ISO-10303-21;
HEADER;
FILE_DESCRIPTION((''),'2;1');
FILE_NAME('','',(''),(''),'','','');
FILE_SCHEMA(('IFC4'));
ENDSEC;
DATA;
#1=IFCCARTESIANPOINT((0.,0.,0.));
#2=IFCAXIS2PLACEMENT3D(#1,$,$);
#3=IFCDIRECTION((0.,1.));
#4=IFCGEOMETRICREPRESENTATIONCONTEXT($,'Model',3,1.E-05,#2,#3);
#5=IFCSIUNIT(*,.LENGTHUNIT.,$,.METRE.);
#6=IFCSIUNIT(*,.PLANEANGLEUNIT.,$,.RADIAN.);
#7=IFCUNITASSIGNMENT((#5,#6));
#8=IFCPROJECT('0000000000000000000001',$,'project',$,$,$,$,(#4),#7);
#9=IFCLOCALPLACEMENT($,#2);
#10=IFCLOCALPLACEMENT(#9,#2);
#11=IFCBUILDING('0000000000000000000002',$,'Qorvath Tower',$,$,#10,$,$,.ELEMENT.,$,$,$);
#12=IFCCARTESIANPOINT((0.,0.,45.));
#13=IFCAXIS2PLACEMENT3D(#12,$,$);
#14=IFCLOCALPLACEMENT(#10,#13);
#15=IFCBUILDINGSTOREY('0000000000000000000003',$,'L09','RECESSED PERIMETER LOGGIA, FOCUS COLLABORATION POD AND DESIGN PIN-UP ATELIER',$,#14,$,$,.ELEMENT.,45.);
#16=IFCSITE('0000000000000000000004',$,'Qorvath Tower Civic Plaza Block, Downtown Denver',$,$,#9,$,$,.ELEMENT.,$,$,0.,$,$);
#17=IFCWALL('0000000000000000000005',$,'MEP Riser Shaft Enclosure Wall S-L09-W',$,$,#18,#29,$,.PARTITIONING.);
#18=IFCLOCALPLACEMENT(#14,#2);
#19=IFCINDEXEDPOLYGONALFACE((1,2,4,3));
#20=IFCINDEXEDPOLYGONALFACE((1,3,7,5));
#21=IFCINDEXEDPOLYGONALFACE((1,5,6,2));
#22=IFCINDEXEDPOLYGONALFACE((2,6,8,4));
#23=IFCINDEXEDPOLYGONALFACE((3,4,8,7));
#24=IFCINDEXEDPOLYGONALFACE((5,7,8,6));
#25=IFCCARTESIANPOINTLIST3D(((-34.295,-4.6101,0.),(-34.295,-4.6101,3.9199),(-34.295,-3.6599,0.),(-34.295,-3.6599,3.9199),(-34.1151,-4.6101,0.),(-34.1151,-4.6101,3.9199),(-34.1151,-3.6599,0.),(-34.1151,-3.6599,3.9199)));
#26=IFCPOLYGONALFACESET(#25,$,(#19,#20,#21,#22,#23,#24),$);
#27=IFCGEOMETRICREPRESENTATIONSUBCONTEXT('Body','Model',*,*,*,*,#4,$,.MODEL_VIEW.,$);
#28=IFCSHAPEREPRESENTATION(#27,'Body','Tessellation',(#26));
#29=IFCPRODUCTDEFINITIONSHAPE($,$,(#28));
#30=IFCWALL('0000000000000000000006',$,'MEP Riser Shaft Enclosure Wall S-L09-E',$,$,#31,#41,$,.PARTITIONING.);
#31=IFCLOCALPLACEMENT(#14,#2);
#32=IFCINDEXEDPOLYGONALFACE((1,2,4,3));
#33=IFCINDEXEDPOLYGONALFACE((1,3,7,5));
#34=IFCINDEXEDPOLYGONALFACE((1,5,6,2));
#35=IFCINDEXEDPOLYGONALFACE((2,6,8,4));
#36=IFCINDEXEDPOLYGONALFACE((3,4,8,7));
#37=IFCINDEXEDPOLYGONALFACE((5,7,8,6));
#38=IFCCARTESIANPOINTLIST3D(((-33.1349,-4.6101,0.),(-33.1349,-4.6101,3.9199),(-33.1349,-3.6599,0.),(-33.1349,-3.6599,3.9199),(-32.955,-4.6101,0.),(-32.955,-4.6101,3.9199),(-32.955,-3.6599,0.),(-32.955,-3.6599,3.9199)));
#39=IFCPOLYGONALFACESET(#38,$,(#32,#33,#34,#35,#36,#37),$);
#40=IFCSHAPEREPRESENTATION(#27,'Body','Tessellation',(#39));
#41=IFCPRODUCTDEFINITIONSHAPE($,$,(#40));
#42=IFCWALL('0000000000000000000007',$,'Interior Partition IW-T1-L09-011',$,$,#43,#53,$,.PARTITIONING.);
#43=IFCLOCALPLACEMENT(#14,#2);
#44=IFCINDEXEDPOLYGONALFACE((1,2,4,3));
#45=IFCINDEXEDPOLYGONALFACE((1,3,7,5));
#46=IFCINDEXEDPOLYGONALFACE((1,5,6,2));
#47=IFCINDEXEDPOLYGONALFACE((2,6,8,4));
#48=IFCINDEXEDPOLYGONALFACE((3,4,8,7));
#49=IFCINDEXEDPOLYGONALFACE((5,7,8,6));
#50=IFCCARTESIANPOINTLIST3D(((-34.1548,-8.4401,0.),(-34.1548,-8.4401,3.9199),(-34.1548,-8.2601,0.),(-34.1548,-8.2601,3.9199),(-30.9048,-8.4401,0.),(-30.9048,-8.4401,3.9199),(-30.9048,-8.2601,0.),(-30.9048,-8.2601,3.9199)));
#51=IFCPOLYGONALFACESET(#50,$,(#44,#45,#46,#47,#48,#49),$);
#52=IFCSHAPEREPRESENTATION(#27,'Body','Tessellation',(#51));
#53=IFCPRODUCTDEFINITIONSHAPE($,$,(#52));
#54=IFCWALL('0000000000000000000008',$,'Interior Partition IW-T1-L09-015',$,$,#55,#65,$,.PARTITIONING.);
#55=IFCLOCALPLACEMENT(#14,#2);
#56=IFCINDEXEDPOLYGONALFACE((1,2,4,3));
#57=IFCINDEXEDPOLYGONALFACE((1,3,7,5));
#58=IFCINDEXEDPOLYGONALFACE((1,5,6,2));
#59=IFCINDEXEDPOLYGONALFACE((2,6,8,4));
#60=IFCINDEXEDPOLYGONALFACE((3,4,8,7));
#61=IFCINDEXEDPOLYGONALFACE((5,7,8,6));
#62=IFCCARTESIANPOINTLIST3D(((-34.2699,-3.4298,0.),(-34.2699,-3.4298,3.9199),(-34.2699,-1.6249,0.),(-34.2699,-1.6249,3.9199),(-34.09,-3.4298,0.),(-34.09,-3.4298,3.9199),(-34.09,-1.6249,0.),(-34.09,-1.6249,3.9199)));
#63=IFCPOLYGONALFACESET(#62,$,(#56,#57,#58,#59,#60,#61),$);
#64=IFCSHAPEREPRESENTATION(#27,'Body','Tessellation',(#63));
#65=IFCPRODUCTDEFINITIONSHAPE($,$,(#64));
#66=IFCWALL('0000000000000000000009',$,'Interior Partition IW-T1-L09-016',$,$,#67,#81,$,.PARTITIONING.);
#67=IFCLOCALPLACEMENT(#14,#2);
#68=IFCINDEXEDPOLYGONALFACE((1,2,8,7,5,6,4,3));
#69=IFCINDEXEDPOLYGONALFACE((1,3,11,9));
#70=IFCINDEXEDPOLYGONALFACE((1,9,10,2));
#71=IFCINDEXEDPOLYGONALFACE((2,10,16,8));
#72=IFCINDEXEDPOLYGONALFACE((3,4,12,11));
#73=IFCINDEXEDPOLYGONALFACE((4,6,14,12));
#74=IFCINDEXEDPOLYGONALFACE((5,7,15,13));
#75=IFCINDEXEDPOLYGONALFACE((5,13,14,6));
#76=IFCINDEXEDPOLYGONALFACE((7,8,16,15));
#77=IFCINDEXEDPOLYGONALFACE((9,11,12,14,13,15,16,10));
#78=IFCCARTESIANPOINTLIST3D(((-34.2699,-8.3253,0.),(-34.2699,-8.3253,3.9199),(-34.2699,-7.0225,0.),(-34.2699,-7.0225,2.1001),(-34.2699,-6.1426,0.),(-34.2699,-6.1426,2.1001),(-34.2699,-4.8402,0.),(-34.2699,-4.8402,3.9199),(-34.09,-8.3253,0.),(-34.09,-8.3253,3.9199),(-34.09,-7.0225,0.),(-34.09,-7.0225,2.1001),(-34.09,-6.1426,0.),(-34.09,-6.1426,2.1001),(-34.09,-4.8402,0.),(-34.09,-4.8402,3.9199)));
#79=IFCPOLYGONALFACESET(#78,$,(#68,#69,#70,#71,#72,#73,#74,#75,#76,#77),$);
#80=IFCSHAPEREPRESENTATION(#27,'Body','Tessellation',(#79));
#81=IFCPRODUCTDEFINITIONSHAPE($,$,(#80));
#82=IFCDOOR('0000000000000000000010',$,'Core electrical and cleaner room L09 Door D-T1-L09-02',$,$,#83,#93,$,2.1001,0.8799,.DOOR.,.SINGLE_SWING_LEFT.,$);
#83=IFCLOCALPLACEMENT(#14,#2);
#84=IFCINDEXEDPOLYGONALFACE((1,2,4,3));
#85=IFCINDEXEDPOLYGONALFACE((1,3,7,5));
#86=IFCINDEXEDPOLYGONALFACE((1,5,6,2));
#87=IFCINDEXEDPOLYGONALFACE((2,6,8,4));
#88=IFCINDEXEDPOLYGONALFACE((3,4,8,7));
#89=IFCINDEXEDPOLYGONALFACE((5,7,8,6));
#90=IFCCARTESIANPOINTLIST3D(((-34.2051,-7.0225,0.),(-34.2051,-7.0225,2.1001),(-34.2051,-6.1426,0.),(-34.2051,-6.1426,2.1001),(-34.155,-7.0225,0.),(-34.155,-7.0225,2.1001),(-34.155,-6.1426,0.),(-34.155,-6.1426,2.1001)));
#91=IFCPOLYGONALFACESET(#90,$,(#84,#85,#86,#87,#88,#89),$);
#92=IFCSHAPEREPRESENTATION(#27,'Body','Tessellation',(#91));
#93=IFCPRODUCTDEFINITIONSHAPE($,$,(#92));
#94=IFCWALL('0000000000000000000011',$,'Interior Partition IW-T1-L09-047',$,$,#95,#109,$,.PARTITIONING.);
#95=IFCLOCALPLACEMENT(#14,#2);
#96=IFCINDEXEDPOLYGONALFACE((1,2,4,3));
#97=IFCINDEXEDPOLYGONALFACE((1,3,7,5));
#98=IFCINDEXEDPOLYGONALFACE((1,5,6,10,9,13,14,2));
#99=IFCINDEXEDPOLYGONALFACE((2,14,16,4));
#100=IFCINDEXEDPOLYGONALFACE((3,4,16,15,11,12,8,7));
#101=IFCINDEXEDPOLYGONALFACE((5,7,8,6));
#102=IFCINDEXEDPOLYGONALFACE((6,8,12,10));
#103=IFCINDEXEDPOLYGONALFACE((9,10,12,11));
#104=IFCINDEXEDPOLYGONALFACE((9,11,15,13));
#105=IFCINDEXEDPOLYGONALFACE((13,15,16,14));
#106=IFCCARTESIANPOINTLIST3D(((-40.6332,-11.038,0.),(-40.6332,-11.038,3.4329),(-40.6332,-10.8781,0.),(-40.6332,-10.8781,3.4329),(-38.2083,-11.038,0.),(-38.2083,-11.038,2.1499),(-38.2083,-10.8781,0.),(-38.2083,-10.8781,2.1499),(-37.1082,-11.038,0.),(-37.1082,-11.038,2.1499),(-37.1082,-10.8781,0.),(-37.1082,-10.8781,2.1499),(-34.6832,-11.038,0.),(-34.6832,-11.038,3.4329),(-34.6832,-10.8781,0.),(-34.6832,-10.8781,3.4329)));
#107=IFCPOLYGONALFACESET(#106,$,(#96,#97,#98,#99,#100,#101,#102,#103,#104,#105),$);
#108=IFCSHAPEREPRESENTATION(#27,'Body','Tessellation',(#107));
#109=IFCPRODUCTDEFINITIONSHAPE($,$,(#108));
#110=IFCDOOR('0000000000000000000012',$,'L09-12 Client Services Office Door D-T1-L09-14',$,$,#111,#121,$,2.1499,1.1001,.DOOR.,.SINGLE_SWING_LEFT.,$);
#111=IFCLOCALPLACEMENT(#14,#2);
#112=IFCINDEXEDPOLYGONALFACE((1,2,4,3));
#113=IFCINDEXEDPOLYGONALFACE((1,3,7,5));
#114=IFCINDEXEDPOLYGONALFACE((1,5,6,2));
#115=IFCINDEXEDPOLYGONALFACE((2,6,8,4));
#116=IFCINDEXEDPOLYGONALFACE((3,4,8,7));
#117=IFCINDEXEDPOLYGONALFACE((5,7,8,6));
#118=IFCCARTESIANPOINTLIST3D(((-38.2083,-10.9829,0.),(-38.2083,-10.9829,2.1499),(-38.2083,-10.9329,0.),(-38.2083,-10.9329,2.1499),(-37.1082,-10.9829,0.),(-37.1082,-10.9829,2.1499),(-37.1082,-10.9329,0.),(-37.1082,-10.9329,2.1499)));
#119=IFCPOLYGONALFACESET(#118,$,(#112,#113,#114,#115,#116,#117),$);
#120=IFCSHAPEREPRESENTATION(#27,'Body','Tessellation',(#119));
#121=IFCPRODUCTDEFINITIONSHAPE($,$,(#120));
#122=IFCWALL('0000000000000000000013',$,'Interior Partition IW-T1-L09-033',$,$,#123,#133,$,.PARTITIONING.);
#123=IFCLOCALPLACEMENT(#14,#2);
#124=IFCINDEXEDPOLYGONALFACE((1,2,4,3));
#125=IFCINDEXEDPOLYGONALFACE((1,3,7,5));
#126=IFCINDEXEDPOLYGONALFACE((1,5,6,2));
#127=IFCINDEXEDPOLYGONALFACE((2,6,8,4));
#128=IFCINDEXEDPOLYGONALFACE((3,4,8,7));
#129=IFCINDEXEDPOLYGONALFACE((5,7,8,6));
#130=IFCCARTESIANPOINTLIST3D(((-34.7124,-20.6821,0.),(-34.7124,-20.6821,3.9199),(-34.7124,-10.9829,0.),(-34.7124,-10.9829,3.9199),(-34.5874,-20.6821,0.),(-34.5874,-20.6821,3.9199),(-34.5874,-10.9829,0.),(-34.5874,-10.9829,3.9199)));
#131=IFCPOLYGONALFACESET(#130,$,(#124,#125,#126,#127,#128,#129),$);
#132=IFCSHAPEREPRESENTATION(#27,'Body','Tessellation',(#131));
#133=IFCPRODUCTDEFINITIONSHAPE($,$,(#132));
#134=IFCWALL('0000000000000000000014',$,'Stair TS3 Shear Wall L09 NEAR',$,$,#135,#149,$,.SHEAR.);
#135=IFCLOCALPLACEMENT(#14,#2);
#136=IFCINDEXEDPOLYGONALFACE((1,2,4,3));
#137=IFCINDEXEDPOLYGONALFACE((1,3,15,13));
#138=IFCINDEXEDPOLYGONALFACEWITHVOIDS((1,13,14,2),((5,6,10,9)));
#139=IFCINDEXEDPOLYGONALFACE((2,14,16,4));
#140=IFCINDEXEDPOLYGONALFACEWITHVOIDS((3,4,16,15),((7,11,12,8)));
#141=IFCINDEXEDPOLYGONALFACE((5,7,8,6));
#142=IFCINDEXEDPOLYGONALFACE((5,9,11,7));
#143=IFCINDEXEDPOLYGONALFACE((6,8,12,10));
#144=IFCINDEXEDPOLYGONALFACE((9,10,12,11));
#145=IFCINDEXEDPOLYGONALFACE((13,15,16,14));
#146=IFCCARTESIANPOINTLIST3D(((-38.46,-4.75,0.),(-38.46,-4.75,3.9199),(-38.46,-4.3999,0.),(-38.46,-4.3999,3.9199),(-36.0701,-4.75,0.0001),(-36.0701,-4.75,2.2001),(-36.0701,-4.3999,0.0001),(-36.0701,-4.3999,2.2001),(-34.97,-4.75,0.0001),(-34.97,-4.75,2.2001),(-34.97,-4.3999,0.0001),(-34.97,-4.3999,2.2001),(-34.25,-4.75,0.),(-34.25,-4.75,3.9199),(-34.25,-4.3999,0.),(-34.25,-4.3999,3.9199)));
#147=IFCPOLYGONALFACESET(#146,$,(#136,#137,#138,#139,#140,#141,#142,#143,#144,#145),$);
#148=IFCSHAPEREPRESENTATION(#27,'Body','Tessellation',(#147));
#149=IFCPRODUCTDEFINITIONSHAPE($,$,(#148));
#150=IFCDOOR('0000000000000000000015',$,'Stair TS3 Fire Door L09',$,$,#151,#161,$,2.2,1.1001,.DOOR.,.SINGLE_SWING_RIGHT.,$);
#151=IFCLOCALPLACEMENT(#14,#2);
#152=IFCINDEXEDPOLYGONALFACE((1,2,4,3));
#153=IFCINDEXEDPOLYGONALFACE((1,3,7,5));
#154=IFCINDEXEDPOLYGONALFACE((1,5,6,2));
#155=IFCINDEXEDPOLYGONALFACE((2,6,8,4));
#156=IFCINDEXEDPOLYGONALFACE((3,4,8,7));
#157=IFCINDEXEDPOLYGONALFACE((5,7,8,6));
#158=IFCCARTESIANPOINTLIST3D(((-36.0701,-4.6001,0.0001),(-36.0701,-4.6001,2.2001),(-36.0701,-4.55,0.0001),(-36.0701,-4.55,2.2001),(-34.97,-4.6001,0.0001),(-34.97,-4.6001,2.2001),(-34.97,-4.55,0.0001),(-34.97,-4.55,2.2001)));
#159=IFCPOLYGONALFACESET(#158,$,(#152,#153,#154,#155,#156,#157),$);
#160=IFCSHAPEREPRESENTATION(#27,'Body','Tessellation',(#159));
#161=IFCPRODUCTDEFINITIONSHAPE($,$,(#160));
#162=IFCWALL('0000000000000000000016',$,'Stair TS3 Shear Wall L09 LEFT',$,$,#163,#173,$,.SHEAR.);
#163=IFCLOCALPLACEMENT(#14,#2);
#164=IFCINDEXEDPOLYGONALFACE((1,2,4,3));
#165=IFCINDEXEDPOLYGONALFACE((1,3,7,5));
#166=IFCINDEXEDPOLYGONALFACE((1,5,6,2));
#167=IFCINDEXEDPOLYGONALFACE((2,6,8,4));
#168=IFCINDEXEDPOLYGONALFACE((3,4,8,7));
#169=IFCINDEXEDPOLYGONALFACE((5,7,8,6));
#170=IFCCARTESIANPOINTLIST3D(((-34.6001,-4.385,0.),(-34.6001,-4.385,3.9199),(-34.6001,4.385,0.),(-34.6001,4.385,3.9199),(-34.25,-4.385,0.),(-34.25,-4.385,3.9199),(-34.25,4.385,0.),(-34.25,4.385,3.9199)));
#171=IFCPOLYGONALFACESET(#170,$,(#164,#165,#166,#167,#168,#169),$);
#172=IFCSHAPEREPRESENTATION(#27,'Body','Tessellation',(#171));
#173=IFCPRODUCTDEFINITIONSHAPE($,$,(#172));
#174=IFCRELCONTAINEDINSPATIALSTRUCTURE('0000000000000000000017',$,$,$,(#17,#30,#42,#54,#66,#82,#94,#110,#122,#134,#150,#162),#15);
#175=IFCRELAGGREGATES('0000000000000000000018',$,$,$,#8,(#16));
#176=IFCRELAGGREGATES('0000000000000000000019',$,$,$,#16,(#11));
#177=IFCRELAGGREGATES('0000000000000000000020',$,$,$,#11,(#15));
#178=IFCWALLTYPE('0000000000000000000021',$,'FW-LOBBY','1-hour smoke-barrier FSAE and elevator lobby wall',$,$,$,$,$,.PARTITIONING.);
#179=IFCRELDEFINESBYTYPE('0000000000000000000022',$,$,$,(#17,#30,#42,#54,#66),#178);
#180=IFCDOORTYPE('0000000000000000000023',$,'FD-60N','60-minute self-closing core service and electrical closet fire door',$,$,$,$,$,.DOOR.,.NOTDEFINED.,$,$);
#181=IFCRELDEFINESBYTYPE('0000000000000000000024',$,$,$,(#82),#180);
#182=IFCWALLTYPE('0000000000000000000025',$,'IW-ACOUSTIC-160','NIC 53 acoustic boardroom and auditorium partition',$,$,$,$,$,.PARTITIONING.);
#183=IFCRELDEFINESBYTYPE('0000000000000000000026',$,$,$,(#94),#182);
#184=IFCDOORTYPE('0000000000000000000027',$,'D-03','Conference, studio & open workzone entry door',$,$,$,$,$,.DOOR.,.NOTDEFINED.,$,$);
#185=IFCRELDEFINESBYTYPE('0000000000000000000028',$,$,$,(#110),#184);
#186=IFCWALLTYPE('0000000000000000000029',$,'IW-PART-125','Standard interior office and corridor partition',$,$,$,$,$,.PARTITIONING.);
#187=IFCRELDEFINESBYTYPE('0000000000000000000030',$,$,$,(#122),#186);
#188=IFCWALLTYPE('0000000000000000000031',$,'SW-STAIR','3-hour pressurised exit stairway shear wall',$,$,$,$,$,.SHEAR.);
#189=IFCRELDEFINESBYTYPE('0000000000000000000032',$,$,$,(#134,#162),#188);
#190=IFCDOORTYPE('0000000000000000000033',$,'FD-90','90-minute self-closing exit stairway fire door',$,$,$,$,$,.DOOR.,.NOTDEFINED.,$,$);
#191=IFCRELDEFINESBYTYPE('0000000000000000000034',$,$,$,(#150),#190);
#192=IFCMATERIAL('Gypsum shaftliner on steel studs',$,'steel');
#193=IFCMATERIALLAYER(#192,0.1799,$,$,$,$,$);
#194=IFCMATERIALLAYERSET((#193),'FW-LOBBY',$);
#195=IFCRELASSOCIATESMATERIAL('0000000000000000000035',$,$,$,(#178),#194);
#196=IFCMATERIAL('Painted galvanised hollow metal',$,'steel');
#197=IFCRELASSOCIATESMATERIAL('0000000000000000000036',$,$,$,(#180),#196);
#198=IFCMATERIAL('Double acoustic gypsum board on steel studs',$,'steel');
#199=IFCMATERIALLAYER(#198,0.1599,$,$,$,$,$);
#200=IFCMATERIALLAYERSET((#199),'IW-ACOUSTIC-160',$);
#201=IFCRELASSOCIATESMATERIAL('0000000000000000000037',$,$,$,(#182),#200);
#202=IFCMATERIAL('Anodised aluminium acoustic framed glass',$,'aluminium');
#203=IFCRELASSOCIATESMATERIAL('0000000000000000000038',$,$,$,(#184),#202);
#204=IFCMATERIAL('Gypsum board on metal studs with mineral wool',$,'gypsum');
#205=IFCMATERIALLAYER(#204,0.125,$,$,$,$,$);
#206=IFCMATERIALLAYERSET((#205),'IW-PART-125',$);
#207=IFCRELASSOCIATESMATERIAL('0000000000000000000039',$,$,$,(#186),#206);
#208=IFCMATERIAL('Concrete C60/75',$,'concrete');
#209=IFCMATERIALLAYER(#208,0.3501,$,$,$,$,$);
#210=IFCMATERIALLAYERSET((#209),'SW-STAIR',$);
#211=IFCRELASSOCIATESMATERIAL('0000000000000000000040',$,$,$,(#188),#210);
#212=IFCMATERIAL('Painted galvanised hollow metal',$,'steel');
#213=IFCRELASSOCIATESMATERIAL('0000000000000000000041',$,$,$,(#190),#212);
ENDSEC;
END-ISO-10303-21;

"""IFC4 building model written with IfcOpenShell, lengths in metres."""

from ifc_helpers import new_model, si_unit, direction, frame, frame_2d, origin, place, context, subcontext, project, spatial, rectangle, extrude, material, layer, layer_set, type_object, element, fill, save


model = new_model("IFC4")

# Units and contexts
model_context = context("Model", 3, precision=1e-05, world=origin(), true_north=direction((0.0, 1.0)))
body_context = subcontext(model_context, "Body", "Model", "MODEL_VIEW")
ifc_project = project(units=[si_unit("LENGTHUNIT", "METRE"), si_unit("PLANEANGLEUNIT", "RADIAN")], contexts=[model_context])

# Site, building, storey
site_placement = place(None, origin())
site = spatial("IfcSite", under=ifc_project, at=site_placement, Name="Qorvath Tower Civic Plaza Block, Downtown Denver", CompositionType="ELEMENT", RefElevation=0.0)
building_placement = place(site_placement, origin())
building = spatial("IfcBuilding", under=site, at=building_placement, Name="Qorvath Tower", CompositionType="ELEMENT")
storey_placement = place(building_placement, frame((0.0, 0.0, 45.0)))
storey = spatial("IfcBuildingStorey", under=building, at=storey_placement, Name="L09", Description="RECESSED PERIMETER LOGGIA, FOCUS COLLABORATION POD AND DESIGN PIN-UP ATELIER", CompositionType="ELEMENT", Elevation=45.0)

# Walls
ifc_material_1 = material(Name="Gypsum shaftliner on steel studs", Category="steel")
ifc_layer_1 = layer(ifc_material_1, 0.1799)
ifc_layer_set_1 = layer_set([ifc_layer_1], Name="FW-LOBBY")
wall_type_1 = type_object("IfcWallType", Name="FW-LOBBY", Description="1-hour smoke-barrier FSAE and elevator lobby wall", PredefinedType="PARTITIONING", material=ifc_layer_set_1)
for number, where, z_axis, x_axis, name in (
    (1, (-34.2051, -4.6101, 0.0), (0.0, 0.0, 1.0), (0.0, 1.0, 0.0), "MEP Riser Shaft Enclosure Wall S-L09-W"),
    (2, (-33.0449, -3.6599, 0.0), (0.0, 0.0, 1.0), (0.0, -1.0, 0.0), "MEP Riser Shaft Enclosure Wall S-L09-E"),
):
    element("IfcWall", number, at=place(storey_placement, frame(where, z_axis=z_axis, x_axis=x_axis)), inside=storey, type_object=wall_type_1, Name=name, PredefinedType="PARTITIONING", context=body_context, shape_type="SweptSolid", body=[
        extrude(rectangle(XDim=0.9502, YDim=0.1799, at=frame_2d((0.4751, 0.0))), origin(), (0.0, 0.0, 1.0), 3.9199),
    ])
wall_1_placement = place(storey_placement, frame((-34.1548, -8.3501, 0.0), z_axis=(0.0, 0.0, 1.0), x_axis=(1.0, 0.0, 0.0)))
element("IfcWall", 3, at=wall_1_placement, inside=storey, type_object=wall_type_1, Name="Interior Partition IW-T1-L09-011", PredefinedType="PARTITIONING", context=body_context, shape_type="SweptSolid", body=[
    extrude(rectangle(XDim=3.25, YDim=0.1799, at=frame_2d((1.625, 0.0))), origin(), (0.0, 0.0, 1.0), 3.9199),
])
wall_2_placement = place(storey_placement, frame((-34.1799, -1.625, 0.0), z_axis=(0.0, 0.0, 1.0), x_axis=(0.0, -1.0, 0.0)))
element("IfcWall", 4, at=wall_2_placement, inside=storey, type_object=wall_type_1, Name="Interior Partition IW-T1-L09-015", PredefinedType="PARTITIONING", context=body_context, shape_type="SweptSolid", body=[
    extrude(rectangle(XDim=1.8049, YDim=0.1799, at=frame_2d((0.9023, 0.0))), origin(), (0.0, 0.0, 1.0), 3.9199),
])

# Walls, openings, doors
wall_3_placement = place(storey_placement, frame((-34.1799, -4.8401, 0.0), z_axis=(0.0, 0.0, 1.0), x_axis=(0.0, -1.0, 0.0)))
wall_3 = element("IfcWall", 5, at=wall_3_placement, inside=storey, type_object=wall_type_1, Name="Interior Partition IW-T1-L09-016", PredefinedType="PARTITIONING", context=body_context, shape_type="SweptSolid", body=[
    extrude(rectangle(XDim=3.4851, YDim=0.1799, at=frame_2d((1.7427, 0.0))), origin(), (0.0, 0.0, 1.0), 3.9199),
])
opening_1_placement = place(wall_3_placement, frame((1.3025, 0.0, 0.0)))
opening_1 = element("IfcOpeningElement", 6, at=opening_1_placement, cuts=wall_3, PredefinedType="OPENING", context=body_context, shape_type="SweptSolid", body=[
    extrude(rectangle(XDim=0.8799, YDim=2.1001, at=frame_2d((0.4399, 1.05))), frame((0.0, 0.1001, 0.0), z_axis=(0.0, -1.0, 0.0), x_axis=(1.0, 0.0, 0.0)), (0.0, 0.0, 1.0), 0.2),
])
ifc_material_2 = material(Name="Painted galvanised hollow metal", Category="steel")
door_type_1 = type_object("IfcDoorType", Name="FD-60N", Description="60-minute self-closing core service and electrical closet fire door", OperationType="NOTDEFINED", PredefinedType="DOOR", material=ifc_material_2)
door_1_placement = place(opening_1_placement, origin())
door_1 = element("IfcDoor", 7, at=door_1_placement, inside=storey, type_object=door_type_1, Name="Core electrical and cleaner room L09 Door D-T1-L09-02", OperationType="SINGLE_SWING_LEFT", OverallHeight=2.1001, OverallWidth=0.8799, PredefinedType="DOOR", context=body_context, shape_type="SweptSolid", body=[
    extrude(rectangle(XDim=0.8799, YDim=2.1001, at=frame_2d((0.4399, 1.05))), frame((0.0, 0.0249, 0.0), z_axis=(0.0, -1.0, 0.0), x_axis=(1.0, 0.0, 0.0)), (0.0, 0.0, 1.0), 0.05),
])
fill(opening_1, door_1)
ifc_material_3 = material(Name="Double acoustic gypsum board on steel studs", Category="steel")
ifc_layer_2 = layer(ifc_material_3, 0.1599)
ifc_layer_set_2 = layer_set([ifc_layer_2], Name="IW-ACOUSTIC-160")
wall_type_2 = type_object("IfcWallType", Name="IW-ACOUSTIC-160", Description="NIC 53 acoustic boardroom and auditorium partition", PredefinedType="PARTITIONING", material=ifc_layer_set_2)
wall_4_placement = place(storey_placement, frame((-34.6831, -10.958, 0.0), z_axis=(0.0, 0.0, 1.0), x_axis=(-1.0, 0.0, 0.0)))
wall_4 = element("IfcWall", 8, at=wall_4_placement, inside=storey, type_object=wall_type_2, Name="Interior Partition IW-T1-L09-047", PredefinedType="PARTITIONING", context=body_context, shape_type="SweptSolid", body=[
    extrude(rectangle(XDim=5.95, YDim=0.1599, at=frame_2d((2.9751, 0.0))), origin(), (0.0, 0.0, 1.0), 3.4329),
])
opening_2_placement = place(wall_4_placement, frame((2.425, 0.0, 0.0)))
opening_2 = element("IfcOpeningElement", 9, at=opening_2_placement, cuts=wall_4, PredefinedType="OPENING", context=body_context, shape_type="SweptSolid", body=[
    extrude(rectangle(XDim=1.1001, YDim=2.1499, at=frame_2d((0.55, 1.075))), frame((0.0, 0.0898, 0.0), z_axis=(0.0, -1.0, 0.0), x_axis=(1.0, 0.0, 0.0)), (0.0, 0.0, 1.0), 0.1799),
])
ifc_material_4 = material(Name="Anodised aluminium acoustic framed glass", Category="aluminium")
door_type_2 = type_object("IfcDoorType", Name="D-03", Description="Conference, studio & open workzone entry door", OperationType="NOTDEFINED", PredefinedType="DOOR", material=ifc_material_4)
door_2_placement = place(opening_2_placement, origin())
door_2 = element("IfcDoor", 10, at=door_2_placement, inside=storey, type_object=door_type_2, Name="L09-12 Client Services Office Door D-T1-L09-14", OperationType="SINGLE_SWING_LEFT", OverallHeight=2.1499, OverallWidth=1.1001, PredefinedType="DOOR", context=body_context, shape_type="SweptSolid", body=[
    extrude(rectangle(XDim=1.1001, YDim=2.1499, at=frame_2d((0.55, 1.075))), frame((0.0, 0.0249, 0.0), z_axis=(0.0, -1.0, 0.0), x_axis=(1.0, 0.0, 0.0)), (0.0, 0.0, 1.0), 0.05),
])
fill(opening_2, door_2)

# Wall
ifc_material_5 = material(Name="Gypsum board on metal studs with mineral wool", Category="gypsum")
ifc_layer_3 = layer(ifc_material_5, 0.125)
ifc_layer_set_3 = layer_set([ifc_layer_3], Name="IW-PART-125")
wall_type_3 = type_object("IfcWallType", Name="IW-PART-125", Description="Standard interior office and corridor partition", PredefinedType="PARTITIONING", material=ifc_layer_set_3)
wall_5_placement = place(storey_placement, frame((-34.6499, -10.9829, 0.0), z_axis=(0.0, 0.0, 1.0), x_axis=(0.0, -1.0, 0.0)))
element("IfcWall", 11, at=wall_5_placement, inside=storey, type_object=wall_type_3, Name="Interior Partition IW-T1-L09-033", PredefinedType="PARTITIONING", context=body_context, shape_type="SweptSolid", body=[
    extrude(rectangle(XDim=9.6992, YDim=0.125, at=frame_2d((4.8496, 0.0))), origin(), (0.0, 0.0, 1.0), 3.9199),
])

# Wall, opening, door
ifc_material_6 = material(Name="Concrete C60/75", Category="concrete")
ifc_layer_4 = layer(ifc_material_6, 0.3501)
ifc_layer_set_4 = layer_set([ifc_layer_4], Name="SW-STAIR")
wall_type_4 = type_object("IfcWallType", Name="SW-STAIR", Description="3-hour pressurised exit stairway shear wall", PredefinedType="SHEAR", material=ifc_layer_set_4)
wall_6_placement = place(storey_placement, frame((-38.46, -4.575, 0.0), z_axis=(0.0, 0.0, 1.0), x_axis=(1.0, 0.0, 0.0)))
wall_6 = element("IfcWall", 12, at=wall_6_placement, inside=storey, type_object=wall_type_4, Name="Stair TS3 Shear Wall L09 NEAR", PredefinedType="SHEAR", context=body_context, shape_type="SweptSolid", body=[
    extrude(rectangle(XDim=4.21, YDim=0.3501, at=frame_2d((2.105, 0.0))), origin(), (0.0, 0.0, 1.0), 3.9199),
])
opening_3_placement = place(wall_6_placement, frame((2.3899, 0.0, 0.0)))
opening_3 = element("IfcOpeningElement", 13, at=opening_3_placement, cuts=wall_6, PredefinedType="OPENING", context=body_context, shape_type="SweptSolid", body=[
    extrude(rectangle(XDim=1.1001, YDim=2.2, at=frame_2d((0.55, 1.1001))), frame((0.0, 0.1851, 0.0), z_axis=(0.0, -1.0, 0.0), x_axis=(1.0, 0.0, 0.0)), (0.0, 0.0, 1.0), 0.3701),
])
ifc_material_7 = material(Name="Painted galvanised hollow metal", Category="steel")
door_type_3 = type_object("IfcDoorType", Name="FD-90", Description="90-minute self-closing exit stairway fire door", OperationType="NOTDEFINED", PredefinedType="DOOR", material=ifc_material_7)
door_3_placement = place(opening_3_placement, origin())
door_3 = element("IfcDoor", 14, at=door_3_placement, inside=storey, type_object=door_type_3, Name="Stair TS3 Fire Door L09", OperationType="SINGLE_SWING_RIGHT", OverallHeight=2.2, OverallWidth=1.1001, PredefinedType="DOOR", context=body_context, shape_type="SweptSolid", body=[
    extrude(rectangle(XDim=1.1001, YDim=2.2, at=frame_2d((0.55, 1.1001))), frame((0.0, 0.0249, 0.0), z_axis=(0.0, -1.0, 0.0), x_axis=(1.0, 0.0, 0.0)), (0.0, 0.0, 1.0), 0.05),
])
fill(opening_3, door_3)

# Wall
wall_7_placement = place(storey_placement, frame((-34.425, -4.385, 0.0), z_axis=(0.0, 0.0, 1.0), x_axis=(0.0, 1.0, 0.0)))
element("IfcWall", 15, at=wall_7_placement, inside=storey, type_object=wall_type_4, Name="Stair TS3 Shear Wall L09 LEFT", PredefinedType="SHEAR", context=body_context, shape_type="SweptSolid", body=[
    extrude(rectangle(XDim=8.77, YDim=0.3501, at=frame_2d((4.385, 0.0))), origin(), (0.0, 0.0, 1.0), 3.9199),
])

save(model, "model.ifc")
